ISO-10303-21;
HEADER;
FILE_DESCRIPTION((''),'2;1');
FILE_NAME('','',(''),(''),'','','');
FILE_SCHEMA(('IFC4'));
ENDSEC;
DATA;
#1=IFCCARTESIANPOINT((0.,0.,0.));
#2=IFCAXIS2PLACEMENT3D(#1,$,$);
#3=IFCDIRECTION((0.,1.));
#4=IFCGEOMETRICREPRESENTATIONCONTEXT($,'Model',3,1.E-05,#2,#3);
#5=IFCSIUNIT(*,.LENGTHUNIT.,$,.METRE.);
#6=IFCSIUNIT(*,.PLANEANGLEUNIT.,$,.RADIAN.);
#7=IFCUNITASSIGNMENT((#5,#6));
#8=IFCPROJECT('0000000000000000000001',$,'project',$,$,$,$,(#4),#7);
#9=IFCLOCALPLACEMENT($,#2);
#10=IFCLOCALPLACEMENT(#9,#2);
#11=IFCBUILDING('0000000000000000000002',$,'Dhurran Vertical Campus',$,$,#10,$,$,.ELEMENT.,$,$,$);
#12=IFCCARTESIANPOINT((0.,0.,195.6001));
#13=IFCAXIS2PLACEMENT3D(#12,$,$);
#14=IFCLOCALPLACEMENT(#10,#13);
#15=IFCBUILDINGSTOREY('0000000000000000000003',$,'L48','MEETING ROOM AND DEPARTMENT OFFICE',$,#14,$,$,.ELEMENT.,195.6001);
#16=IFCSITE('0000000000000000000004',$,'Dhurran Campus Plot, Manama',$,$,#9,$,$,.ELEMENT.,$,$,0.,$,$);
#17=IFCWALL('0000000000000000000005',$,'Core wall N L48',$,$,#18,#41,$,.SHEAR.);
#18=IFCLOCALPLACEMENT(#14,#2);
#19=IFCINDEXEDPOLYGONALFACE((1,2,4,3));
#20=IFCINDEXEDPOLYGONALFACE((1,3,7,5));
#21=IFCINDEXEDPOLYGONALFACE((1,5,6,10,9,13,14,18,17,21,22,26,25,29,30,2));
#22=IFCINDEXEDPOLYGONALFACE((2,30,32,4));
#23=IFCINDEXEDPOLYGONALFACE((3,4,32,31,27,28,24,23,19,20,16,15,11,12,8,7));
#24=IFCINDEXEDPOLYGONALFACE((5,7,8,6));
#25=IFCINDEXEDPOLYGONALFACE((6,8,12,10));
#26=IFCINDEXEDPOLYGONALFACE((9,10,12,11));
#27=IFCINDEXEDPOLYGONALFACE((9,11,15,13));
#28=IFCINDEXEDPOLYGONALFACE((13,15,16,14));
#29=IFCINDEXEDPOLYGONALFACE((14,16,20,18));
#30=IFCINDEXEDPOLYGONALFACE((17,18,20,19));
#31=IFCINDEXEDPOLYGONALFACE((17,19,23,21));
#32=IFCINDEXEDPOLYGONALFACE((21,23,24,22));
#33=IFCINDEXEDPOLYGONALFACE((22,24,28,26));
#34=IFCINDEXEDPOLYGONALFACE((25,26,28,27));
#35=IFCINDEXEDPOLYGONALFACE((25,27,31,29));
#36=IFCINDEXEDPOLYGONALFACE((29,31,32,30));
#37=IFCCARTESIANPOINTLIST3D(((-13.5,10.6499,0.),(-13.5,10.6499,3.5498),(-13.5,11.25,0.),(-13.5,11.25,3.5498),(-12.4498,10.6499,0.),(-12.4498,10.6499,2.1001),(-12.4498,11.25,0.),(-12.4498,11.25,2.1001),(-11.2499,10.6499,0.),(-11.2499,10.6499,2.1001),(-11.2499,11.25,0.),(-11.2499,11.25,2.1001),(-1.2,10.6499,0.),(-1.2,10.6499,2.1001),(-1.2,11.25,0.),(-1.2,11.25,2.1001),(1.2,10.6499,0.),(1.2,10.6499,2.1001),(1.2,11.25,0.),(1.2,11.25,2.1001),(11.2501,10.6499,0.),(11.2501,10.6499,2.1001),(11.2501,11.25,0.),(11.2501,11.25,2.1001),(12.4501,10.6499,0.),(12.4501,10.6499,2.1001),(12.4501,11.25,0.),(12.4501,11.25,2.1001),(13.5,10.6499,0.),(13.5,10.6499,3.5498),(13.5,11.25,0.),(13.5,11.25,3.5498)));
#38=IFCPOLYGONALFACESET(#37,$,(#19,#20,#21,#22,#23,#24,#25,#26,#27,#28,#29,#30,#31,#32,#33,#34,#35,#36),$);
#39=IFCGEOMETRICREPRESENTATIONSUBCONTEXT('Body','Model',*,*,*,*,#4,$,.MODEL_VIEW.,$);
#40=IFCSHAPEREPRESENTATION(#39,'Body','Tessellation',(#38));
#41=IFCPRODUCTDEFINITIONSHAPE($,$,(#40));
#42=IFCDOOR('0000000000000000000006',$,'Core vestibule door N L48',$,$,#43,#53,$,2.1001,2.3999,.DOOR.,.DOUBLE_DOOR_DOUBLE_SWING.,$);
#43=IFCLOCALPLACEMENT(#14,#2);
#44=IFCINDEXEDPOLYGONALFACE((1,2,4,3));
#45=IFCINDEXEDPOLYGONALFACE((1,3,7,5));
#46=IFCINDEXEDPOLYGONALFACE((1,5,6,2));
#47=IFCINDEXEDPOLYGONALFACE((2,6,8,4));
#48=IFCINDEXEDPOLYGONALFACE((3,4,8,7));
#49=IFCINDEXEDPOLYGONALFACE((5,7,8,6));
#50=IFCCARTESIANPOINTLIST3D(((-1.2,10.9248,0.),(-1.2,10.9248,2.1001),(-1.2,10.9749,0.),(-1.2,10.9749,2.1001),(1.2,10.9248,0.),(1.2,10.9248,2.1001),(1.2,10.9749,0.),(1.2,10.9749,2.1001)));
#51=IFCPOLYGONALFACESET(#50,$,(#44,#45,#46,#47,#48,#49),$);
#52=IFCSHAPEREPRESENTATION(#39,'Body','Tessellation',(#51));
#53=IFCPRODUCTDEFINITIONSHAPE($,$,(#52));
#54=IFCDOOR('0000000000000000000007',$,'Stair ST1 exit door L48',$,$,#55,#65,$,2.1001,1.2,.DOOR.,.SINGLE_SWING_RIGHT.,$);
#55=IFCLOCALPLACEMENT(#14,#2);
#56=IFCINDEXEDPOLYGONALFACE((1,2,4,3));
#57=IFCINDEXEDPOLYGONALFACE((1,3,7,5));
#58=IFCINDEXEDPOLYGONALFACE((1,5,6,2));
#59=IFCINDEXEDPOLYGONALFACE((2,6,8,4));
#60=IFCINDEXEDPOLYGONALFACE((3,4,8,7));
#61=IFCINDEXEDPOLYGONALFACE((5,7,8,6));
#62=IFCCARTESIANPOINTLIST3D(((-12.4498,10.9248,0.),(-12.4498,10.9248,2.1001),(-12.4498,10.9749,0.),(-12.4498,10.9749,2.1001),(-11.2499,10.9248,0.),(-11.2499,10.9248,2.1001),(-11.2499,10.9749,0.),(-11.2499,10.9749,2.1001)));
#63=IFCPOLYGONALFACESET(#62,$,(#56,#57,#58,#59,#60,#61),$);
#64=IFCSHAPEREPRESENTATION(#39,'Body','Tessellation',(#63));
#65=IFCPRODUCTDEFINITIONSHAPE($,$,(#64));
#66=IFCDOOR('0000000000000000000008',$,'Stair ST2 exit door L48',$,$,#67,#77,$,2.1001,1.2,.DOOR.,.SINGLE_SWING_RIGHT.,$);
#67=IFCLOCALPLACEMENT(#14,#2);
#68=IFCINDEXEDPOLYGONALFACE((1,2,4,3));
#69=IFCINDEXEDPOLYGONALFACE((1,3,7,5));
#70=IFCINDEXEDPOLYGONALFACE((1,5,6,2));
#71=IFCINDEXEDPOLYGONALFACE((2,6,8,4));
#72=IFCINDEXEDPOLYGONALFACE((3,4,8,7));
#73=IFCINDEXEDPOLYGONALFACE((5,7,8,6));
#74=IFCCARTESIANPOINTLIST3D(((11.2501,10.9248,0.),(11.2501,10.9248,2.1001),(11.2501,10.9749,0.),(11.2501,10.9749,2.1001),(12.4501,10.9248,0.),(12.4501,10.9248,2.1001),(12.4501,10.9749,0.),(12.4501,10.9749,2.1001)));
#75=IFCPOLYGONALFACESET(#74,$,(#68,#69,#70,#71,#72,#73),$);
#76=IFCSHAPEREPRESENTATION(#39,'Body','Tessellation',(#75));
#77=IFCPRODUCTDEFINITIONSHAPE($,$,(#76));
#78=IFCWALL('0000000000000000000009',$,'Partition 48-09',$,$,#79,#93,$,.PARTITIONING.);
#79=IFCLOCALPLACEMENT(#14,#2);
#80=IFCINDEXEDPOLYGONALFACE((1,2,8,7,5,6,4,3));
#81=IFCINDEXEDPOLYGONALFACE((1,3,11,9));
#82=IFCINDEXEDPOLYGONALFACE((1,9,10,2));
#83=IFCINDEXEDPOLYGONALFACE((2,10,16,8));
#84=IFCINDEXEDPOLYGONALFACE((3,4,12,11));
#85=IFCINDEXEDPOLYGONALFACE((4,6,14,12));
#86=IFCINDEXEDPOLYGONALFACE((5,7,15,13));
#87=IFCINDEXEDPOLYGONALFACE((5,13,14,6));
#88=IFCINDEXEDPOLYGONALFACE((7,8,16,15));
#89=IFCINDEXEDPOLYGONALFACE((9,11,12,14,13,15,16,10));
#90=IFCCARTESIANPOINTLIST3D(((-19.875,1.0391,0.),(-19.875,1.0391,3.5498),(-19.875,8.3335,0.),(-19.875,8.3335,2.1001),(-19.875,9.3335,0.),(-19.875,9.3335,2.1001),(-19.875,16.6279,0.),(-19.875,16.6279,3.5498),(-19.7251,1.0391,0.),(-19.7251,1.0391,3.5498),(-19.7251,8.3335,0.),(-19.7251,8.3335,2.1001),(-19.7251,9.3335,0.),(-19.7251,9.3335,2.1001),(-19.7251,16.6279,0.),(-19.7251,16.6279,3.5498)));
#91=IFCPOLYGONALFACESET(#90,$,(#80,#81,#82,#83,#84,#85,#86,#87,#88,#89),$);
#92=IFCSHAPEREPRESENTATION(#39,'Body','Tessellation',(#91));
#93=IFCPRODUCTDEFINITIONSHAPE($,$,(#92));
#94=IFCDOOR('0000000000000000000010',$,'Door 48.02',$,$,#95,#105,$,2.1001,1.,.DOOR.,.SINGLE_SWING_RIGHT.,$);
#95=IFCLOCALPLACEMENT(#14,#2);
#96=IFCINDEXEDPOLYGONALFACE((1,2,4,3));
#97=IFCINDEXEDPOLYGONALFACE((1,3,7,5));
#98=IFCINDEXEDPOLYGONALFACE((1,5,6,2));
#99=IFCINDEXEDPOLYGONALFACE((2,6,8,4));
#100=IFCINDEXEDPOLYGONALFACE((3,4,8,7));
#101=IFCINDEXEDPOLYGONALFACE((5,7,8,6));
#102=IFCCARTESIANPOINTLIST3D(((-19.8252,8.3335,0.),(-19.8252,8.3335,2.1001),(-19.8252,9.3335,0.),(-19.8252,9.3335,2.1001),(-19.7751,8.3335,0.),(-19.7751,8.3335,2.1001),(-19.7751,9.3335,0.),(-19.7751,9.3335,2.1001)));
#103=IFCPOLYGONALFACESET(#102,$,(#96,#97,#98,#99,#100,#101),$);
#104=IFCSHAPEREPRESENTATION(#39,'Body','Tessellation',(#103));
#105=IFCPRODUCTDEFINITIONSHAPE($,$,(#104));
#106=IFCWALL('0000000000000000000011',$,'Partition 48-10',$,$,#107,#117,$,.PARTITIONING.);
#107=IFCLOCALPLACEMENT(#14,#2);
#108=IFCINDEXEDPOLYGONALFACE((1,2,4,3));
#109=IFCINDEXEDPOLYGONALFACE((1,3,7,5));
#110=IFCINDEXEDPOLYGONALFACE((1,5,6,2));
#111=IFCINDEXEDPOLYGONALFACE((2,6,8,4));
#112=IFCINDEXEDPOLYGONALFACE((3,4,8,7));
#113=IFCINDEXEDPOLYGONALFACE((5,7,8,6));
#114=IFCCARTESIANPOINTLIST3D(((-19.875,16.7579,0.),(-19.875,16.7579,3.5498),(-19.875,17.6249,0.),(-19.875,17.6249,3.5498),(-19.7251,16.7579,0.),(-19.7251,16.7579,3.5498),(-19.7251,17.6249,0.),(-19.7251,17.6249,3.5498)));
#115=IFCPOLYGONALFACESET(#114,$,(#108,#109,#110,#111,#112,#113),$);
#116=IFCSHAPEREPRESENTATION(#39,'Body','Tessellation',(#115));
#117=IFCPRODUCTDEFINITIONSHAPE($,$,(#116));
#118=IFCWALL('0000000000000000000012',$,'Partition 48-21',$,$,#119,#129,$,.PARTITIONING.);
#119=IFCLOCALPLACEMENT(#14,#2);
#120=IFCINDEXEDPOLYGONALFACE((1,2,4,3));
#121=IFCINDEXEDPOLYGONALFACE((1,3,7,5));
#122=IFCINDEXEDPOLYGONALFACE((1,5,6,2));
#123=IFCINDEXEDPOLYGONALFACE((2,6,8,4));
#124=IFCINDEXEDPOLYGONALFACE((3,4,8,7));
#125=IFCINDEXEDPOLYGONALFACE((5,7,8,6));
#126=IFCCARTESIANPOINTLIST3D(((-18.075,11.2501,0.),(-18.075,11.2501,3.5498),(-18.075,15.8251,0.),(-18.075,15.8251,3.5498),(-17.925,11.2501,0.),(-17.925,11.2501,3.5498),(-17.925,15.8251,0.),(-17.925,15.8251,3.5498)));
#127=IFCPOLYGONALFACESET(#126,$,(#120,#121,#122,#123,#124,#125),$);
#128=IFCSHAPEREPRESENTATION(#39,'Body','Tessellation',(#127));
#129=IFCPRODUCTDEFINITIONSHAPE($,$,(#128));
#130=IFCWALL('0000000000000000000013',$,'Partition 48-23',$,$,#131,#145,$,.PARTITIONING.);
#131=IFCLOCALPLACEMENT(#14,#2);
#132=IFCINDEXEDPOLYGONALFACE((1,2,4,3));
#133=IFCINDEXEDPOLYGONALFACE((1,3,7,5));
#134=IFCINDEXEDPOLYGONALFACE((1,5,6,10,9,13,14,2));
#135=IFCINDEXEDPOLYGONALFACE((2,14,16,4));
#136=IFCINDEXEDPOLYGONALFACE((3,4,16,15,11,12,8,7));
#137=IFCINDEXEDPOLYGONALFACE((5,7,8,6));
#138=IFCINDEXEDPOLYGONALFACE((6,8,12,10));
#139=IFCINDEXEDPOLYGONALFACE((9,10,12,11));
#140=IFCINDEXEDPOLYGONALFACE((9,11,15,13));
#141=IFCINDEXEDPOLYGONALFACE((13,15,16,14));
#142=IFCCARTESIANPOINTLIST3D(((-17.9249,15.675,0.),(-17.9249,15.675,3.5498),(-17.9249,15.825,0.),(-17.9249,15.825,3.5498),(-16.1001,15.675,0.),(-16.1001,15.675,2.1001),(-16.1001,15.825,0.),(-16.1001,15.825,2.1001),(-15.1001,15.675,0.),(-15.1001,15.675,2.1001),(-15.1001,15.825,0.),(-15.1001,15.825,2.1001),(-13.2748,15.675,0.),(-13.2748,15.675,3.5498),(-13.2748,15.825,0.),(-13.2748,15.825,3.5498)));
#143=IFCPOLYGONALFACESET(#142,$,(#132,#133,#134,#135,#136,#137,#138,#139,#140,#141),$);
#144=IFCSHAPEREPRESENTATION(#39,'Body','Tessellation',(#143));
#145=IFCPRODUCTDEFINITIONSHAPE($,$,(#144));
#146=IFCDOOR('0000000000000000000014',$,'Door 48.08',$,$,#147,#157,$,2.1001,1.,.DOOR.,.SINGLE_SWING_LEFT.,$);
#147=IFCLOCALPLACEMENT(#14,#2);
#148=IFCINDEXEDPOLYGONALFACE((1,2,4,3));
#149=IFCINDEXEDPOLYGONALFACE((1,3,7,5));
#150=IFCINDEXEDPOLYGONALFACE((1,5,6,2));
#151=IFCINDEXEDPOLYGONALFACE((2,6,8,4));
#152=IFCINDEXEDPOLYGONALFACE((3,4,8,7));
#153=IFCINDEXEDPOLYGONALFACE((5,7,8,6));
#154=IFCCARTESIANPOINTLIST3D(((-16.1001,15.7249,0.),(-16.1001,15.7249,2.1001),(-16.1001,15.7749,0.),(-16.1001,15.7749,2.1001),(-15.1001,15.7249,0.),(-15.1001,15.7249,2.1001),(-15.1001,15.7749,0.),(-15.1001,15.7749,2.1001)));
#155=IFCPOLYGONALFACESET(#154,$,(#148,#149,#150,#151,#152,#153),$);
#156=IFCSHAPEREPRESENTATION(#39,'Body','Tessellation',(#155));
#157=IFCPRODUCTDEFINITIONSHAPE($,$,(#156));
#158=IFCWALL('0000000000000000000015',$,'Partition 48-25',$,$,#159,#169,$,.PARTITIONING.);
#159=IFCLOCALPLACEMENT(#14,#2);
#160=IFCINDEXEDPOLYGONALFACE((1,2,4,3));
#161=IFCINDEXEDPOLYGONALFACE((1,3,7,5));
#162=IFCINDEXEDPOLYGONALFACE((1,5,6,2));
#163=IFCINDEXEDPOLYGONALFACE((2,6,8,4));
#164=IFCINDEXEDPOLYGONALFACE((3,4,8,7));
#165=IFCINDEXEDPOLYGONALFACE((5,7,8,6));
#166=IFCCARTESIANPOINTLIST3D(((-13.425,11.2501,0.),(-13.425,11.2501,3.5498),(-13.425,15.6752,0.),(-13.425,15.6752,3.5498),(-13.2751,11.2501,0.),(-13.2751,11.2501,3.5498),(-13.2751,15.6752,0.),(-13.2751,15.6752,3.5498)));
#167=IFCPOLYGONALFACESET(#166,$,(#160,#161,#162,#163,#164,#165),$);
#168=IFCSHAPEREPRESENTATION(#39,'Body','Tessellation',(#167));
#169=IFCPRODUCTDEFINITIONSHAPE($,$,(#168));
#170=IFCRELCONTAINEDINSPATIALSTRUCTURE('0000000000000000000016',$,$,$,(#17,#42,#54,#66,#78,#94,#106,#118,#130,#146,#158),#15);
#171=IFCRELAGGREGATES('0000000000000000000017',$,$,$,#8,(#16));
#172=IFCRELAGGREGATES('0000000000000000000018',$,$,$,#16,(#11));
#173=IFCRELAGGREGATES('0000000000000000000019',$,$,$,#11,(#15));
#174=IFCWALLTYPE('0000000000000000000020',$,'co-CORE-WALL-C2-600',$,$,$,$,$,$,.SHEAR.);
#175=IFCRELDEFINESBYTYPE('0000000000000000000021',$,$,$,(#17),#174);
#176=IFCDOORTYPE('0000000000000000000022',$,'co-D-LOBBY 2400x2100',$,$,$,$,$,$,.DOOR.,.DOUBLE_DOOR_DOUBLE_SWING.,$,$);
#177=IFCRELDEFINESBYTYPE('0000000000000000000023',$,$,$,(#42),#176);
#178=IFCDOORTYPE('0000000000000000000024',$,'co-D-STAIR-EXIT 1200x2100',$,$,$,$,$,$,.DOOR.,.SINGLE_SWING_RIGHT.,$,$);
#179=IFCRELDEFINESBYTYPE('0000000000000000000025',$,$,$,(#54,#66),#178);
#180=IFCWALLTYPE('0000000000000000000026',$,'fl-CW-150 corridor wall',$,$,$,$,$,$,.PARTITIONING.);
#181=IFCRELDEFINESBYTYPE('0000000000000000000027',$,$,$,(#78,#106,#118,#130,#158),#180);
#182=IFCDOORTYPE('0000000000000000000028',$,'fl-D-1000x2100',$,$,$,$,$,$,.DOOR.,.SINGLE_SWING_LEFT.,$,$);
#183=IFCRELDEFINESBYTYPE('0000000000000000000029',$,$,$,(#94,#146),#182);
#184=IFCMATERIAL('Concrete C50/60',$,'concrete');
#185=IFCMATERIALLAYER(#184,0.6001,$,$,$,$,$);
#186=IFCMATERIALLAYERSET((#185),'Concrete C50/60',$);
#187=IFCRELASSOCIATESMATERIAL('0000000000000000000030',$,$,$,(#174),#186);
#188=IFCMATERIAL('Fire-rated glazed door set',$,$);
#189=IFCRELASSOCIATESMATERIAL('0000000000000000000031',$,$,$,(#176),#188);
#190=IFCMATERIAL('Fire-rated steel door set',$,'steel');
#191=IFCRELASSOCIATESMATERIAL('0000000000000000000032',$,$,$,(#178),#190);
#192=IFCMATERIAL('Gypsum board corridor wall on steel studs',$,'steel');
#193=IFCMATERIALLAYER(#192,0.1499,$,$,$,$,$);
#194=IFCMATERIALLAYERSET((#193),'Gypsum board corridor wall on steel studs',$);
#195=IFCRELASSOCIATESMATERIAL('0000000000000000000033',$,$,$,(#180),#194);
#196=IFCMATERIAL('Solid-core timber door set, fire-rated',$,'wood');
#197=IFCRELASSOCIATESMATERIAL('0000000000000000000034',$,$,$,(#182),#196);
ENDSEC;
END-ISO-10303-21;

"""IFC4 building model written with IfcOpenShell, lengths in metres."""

from ifc_helpers import new_model, si_unit, direction, frame, frame_2d, origin, place, context, subcontext, project, spatial, rectangle, extrude, material, layer, layer_set, type_object, element, fill, save


model = new_model("IFC4")

# Units and contexts
model_context = context("Model", 3, precision=1e-05, world=origin(), true_north=direction((0.0, 1.0)))
body_context = subcontext(model_context, "Body", "Model", "MODEL_VIEW")
ifc_project = project(units=[si_unit("LENGTHUNIT", "METRE"), si_unit("PLANEANGLEUNIT", "RADIAN")], contexts=[model_context])

# Site, building, storey
site_placement = place(None, origin())
site = spatial("IfcSite", under=ifc_project, at=site_placement, Name="Dhurran Campus Plot, Manama", CompositionType="ELEMENT", RefElevation=0.0)
building_placement = place(site_placement, origin())
building = spatial("IfcBuilding", under=site, at=building_placement, Name="Dhurran Vertical Campus", CompositionType="ELEMENT")
storey_placement = place(building_placement, frame((0.0, 0.0, 195.6001)))
storey = spatial("IfcBuildingStorey", under=building, at=storey_placement, Name="L48", Description="MEETING ROOM AND DEPARTMENT OFFICE", CompositionType="ELEMENT", Elevation=195.6001)

# Wall, openings, doors
ifc_material_1 = material(Name="Concrete C50/60", Category="concrete")
ifc_layer_1 = layer(ifc_material_1, 0.6001)
ifc_layer_set_1 = layer_set([ifc_layer_1], Name="Concrete C50/60")
wall_type_1 = type_object("IfcWallType", Name="co-CORE-WALL-C2-600", PredefinedType="SHEAR", material=ifc_layer_set_1)
wall_1_placement = place(storey_placement, frame((-13.5, 10.95, 0.0), z_axis=(0.0, 0.0, 1.0), x_axis=(1.0, 0.0, 0.0)))
wall_1 = element("IfcWall", 1, at=wall_1_placement, inside=storey, type_object=wall_type_1, Name="Core wall N L48", PredefinedType="SHEAR", context=body_context, shape_type="SweptSolid", body=[
    extrude(rectangle(XDim=27.0, YDim=0.6001, at=frame_2d((13.5, 0.0))), origin(), (0.0, 0.0, 1.0), 3.5498),
])
opening_1_placement = place(wall_1_placement, frame((12.3, 0.0, 0.0)))
opening_1 = element("IfcOpeningElement", 2, at=opening_1_placement, cuts=wall_1, PredefinedType="OPENING", context=body_context, shape_type="SweptSolid", body=[
    extrude(rectangle(XDim=2.3999, YDim=2.1001, at=frame_2d((1.2, 1.05))), frame((0.0, 0.3101, 0.0), z_axis=(0.0, -1.0, 0.0), x_axis=(1.0, 0.0, 0.0)), (0.0, 0.0, 1.0), 0.6201),
])
opening_2_placement = place(wall_1_placement, frame((1.05, 0.0, 0.0)))
opening_2 = element("IfcOpeningElement", 3, at=opening_2_placement, cuts=wall_1, PredefinedType="OPENING", context=body_context, shape_type="SweptSolid", body=[
    extrude(rectangle(XDim=1.2, YDim=2.1001, at=frame_2d((0.6001, 1.05))), frame((0.0, 0.3101, 0.0), z_axis=(0.0, -1.0, 0.0), x_axis=(1.0, 0.0, 0.0)), (0.0, 0.0, 1.0), 0.6201),
])
opening_3_placement = place(wall_1_placement, frame((24.75, 0.0, 0.0)))
opening_3 = element("IfcOpeningElement", 4, at=opening_3_placement, cuts=wall_1, PredefinedType="OPENING", context=body_context, shape_type="SweptSolid", body=[
    extrude(rectangle(XDim=1.2, YDim=2.1001, at=frame_2d((0.6001, 1.05))), frame((0.0, 0.3101, 0.0), z_axis=(0.0, -1.0, 0.0), x_axis=(1.0, 0.0, 0.0)), (0.0, 0.0, 1.0), 0.6201),
])
ifc_material_2 = material(Name="Fire-rated glazed door set")
door_type_1 = type_object("IfcDoorType", Name="co-D-LOBBY 2400x2100", OperationType="DOUBLE_DOOR_DOUBLE_SWING", PredefinedType="DOOR", material=ifc_material_2)
door_1_placement = place(opening_1_placement, origin())
door_1 = element("IfcDoor", 5, at=door_1_placement, inside=storey, type_object=door_type_1, Name="Core vestibule door N L48", OperationType="DOUBLE_DOOR_DOUBLE_SWING", OverallHeight=2.1001, OverallWidth=2.3999, PredefinedType="DOOR", context=body_context, shape_type="SweptSolid", body=[
    extrude(rectangle(XDim=2.3999, YDim=2.1001, at=frame_2d((1.2, 1.05))), frame((0.0, 0.0249, 0.0), z_axis=(0.0, -1.0, 0.0), x_axis=(1.0, 0.0, 0.0)), (0.0, 0.0, 1.0), 0.05),
])
fill(opening_1, door_1)
ifc_material_3 = material(Name="Fire-rated steel door set", Category="steel")
door_type_2 = type_object("IfcDoorType", Name="co-D-STAIR-EXIT 1200x2100", OperationType="SINGLE_SWING_RIGHT", PredefinedType="DOOR", material=ifc_material_3)
door_2_placement = place(opening_2_placement, origin())
door_2 = element("IfcDoor", 6, at=door_2_placement, inside=storey, type_object=door_type_2, Name="Stair ST1 exit door L48", OperationType="SINGLE_SWING_RIGHT", OverallHeight=2.1001, OverallWidth=1.2, PredefinedType="DOOR", context=body_context, shape_type="SweptSolid", body=[
    extrude(rectangle(XDim=1.2, YDim=2.1001, at=frame_2d((0.6001, 1.05))), frame((0.0, 0.0249, 0.0), z_axis=(0.0, -1.0, 0.0), x_axis=(1.0, 0.0, 0.0)), (0.0, 0.0, 1.0), 0.05),
])
fill(opening_2, door_2)
door_3_placement = place(opening_3_placement, origin())
door_3 = element("IfcDoor", 7, at=door_3_placement, inside=storey, type_object=door_type_2, Name="Stair ST2 exit door L48", OperationType="SINGLE_SWING_RIGHT", OverallHeight=2.1001, OverallWidth=1.2, PredefinedType="DOOR", context=body_context, shape_type="SweptSolid", body=[
    extrude(rectangle(XDim=1.2, YDim=2.1001, at=frame_2d((0.6001, 1.05))), frame((0.0, 0.0249, 0.0), z_axis=(0.0, -1.0, 0.0), x_axis=(1.0, 0.0, 0.0)), (0.0, 0.0, 1.0), 0.05),
])
fill(opening_3, door_3)

# Wall, opening, door
ifc_material_4 = material(Name="Gypsum board corridor wall on steel studs", Category="steel")
ifc_layer_2 = layer(ifc_material_4, 0.1499)
ifc_layer_set_2 = layer_set([ifc_layer_2], Name="Gypsum board corridor wall on steel studs")
wall_type_2 = type_object("IfcWallType", Name="fl-CW-150 corridor wall", PredefinedType="PARTITIONING", material=ifc_layer_set_2)
wall_2_placement = place(storey_placement, frame((-19.8, 16.6279, 0.0), z_axis=(0.0, 0.0, 1.0), x_axis=(0.0, -1.0, 0.0)))
wall_2 = element("IfcWall", 8, at=wall_2_placement, inside=storey, type_object=wall_type_2, Name="Partition 48-09", PredefinedType="PARTITIONING", context=body_context, shape_type="SweptSolid", body=[
    extrude(rectangle(XDim=15.5889, YDim=0.1499, at=frame_2d((7.7944, 0.0))), origin(), (0.0, 0.0, 1.0), 3.5498),
])
opening_4_placement = place(wall_2_placement, frame((7.2944, 0.0, 0.0)))
opening_4 = element("IfcOpeningElement", 9, at=opening_4_placement, cuts=wall_2, PredefinedType="OPENING", context=body_context, shape_type="SweptSolid", body=[
    extrude(rectangle(XDim=1.0, YDim=2.1001, at=frame_2d((0.5, 1.05))), frame((0.0, 0.085, 0.0), z_axis=(0.0, -1.0, 0.0), x_axis=(1.0, 0.0, 0.0)), (0.0, 0.0, 1.0), 0.1699),
])
ifc_material_5 = material(Name="Solid-core timber door set, fire-rated", Category="wood")
door_type_3 = type_object("IfcDoorType", Name="fl-D-1000x2100", OperationType="SINGLE_SWING_LEFT", PredefinedType="DOOR", material=ifc_material_5)
door_4_placement = place(opening_4_placement, origin())
door_4 = element("IfcDoor", 10, at=door_4_placement, inside=storey, type_object=door_type_3, Name="Door 48.02", OperationType="SINGLE_SWING_RIGHT", OverallHeight=2.1001, OverallWidth=1.0, PredefinedType="DOOR", context=body_context, shape_type="SweptSolid", body=[
    extrude(rectangle(XDim=1.0, YDim=2.1001, at=frame_2d((0.5, 1.05))), frame((0.0, 0.0249, 0.0), z_axis=(0.0, -1.0, 0.0), x_axis=(1.0, 0.0, 0.0)), (0.0, 0.0, 1.0), 0.05),
])
fill(opening_4, door_4)

# Walls
wall_3_placement = place(storey_placement, frame((-19.8, 17.625, 0.0), z_axis=(0.0, 0.0, 1.0), x_axis=(0.0, -1.0, 0.0)))
element("IfcWall", 11, at=wall_3_placement, inside=storey, type_object=wall_type_2, Name="Partition 48-10", PredefinedType="PARTITIONING", context=body_context, shape_type="SweptSolid", body=[
    extrude(rectangle(XDim=0.8669, YDim=0.1499, at=frame_2d((0.4336, 0.0))), origin(), (0.0, 0.0, 1.0), 3.5498),
])
wall_4_placement = place(storey_placement, frame((-18.0, 11.25, 0.0), z_axis=(0.0, 0.0, 1.0), x_axis=(0.0, 1.0, 0.0)))
element("IfcWall", 12, at=wall_4_placement, inside=storey, type_object=wall_type_2, Name="Partition 48-21", PredefinedType="PARTITIONING", context=body_context, shape_type="SweptSolid", body=[
    extrude(rectangle(XDim=4.575, YDim=0.1499, at=frame_2d((2.2876, 0.0))), origin(), (0.0, 0.0, 1.0), 3.5498),
])

# Wall, opening, door
wall_5_placement = place(storey_placement, frame((-17.925, 15.75, 0.0), z_axis=(0.0, 0.0, 1.0), x_axis=(1.0, 0.0, 0.0)))
wall_5 = element("IfcWall", 13, at=wall_5_placement, inside=storey, type_object=wall_type_2, Name="Partition 48-23", PredefinedType="PARTITIONING", context=body_context, shape_type="SweptSolid", body=[
    extrude(rectangle(XDim=4.6501, YDim=0.1499, at=frame_2d((2.3252, 0.0))), origin(), (0.0, 0.0, 1.0), 3.5498),
])
opening_5_placement = place(wall_5_placement, frame((1.825, 0.0, 0.0)))
opening_5 = element("IfcOpeningElement", 14, at=opening_5_placement, cuts=wall_5, PredefinedType="OPENING", context=body_context, shape_type="SweptSolid", body=[
    extrude(rectangle(XDim=1.0, YDim=2.1001, at=frame_2d((0.5, 1.05))), frame((0.0, 0.085, 0.0), z_axis=(0.0, -1.0, 0.0), x_axis=(1.0, 0.0, 0.0)), (0.0, 0.0, 1.0), 0.1699),
])
door_5_placement = place(opening_5_placement, origin())
door_5 = element("IfcDoor", 15, at=door_5_placement, inside=storey, type_object=door_type_3, Name="Door 48.08", OperationType="SINGLE_SWING_LEFT", OverallHeight=2.1001, OverallWidth=1.0, PredefinedType="DOOR", context=body_context, shape_type="SweptSolid", body=[
    extrude(rectangle(XDim=1.0, YDim=2.1001, at=frame_2d((0.5, 1.05))), frame((0.0, 0.0249, 0.0), z_axis=(0.0, -1.0, 0.0), x_axis=(1.0, 0.0, 0.0)), (0.0, 0.0, 1.0), 0.05),
])
fill(opening_5, door_5)

# Wall
wall_6_placement = place(storey_placement, frame((-13.3501, 15.675, 0.0), z_axis=(0.0, 0.0, 1.0), x_axis=(0.0, -1.0, 0.0)))
element("IfcWall", 16, at=wall_6_placement, inside=storey, type_object=wall_type_2, Name="Partition 48-25", PredefinedType="PARTITIONING", context=body_context, shape_type="SweptSolid", body=[
    extrude(rectangle(XDim=4.425, YDim=0.1499, at=frame_2d((2.2124, 0.0))), origin(), (0.0, 0.0, 1.0), 3.5498),
])

save(model, "model.ifc")
